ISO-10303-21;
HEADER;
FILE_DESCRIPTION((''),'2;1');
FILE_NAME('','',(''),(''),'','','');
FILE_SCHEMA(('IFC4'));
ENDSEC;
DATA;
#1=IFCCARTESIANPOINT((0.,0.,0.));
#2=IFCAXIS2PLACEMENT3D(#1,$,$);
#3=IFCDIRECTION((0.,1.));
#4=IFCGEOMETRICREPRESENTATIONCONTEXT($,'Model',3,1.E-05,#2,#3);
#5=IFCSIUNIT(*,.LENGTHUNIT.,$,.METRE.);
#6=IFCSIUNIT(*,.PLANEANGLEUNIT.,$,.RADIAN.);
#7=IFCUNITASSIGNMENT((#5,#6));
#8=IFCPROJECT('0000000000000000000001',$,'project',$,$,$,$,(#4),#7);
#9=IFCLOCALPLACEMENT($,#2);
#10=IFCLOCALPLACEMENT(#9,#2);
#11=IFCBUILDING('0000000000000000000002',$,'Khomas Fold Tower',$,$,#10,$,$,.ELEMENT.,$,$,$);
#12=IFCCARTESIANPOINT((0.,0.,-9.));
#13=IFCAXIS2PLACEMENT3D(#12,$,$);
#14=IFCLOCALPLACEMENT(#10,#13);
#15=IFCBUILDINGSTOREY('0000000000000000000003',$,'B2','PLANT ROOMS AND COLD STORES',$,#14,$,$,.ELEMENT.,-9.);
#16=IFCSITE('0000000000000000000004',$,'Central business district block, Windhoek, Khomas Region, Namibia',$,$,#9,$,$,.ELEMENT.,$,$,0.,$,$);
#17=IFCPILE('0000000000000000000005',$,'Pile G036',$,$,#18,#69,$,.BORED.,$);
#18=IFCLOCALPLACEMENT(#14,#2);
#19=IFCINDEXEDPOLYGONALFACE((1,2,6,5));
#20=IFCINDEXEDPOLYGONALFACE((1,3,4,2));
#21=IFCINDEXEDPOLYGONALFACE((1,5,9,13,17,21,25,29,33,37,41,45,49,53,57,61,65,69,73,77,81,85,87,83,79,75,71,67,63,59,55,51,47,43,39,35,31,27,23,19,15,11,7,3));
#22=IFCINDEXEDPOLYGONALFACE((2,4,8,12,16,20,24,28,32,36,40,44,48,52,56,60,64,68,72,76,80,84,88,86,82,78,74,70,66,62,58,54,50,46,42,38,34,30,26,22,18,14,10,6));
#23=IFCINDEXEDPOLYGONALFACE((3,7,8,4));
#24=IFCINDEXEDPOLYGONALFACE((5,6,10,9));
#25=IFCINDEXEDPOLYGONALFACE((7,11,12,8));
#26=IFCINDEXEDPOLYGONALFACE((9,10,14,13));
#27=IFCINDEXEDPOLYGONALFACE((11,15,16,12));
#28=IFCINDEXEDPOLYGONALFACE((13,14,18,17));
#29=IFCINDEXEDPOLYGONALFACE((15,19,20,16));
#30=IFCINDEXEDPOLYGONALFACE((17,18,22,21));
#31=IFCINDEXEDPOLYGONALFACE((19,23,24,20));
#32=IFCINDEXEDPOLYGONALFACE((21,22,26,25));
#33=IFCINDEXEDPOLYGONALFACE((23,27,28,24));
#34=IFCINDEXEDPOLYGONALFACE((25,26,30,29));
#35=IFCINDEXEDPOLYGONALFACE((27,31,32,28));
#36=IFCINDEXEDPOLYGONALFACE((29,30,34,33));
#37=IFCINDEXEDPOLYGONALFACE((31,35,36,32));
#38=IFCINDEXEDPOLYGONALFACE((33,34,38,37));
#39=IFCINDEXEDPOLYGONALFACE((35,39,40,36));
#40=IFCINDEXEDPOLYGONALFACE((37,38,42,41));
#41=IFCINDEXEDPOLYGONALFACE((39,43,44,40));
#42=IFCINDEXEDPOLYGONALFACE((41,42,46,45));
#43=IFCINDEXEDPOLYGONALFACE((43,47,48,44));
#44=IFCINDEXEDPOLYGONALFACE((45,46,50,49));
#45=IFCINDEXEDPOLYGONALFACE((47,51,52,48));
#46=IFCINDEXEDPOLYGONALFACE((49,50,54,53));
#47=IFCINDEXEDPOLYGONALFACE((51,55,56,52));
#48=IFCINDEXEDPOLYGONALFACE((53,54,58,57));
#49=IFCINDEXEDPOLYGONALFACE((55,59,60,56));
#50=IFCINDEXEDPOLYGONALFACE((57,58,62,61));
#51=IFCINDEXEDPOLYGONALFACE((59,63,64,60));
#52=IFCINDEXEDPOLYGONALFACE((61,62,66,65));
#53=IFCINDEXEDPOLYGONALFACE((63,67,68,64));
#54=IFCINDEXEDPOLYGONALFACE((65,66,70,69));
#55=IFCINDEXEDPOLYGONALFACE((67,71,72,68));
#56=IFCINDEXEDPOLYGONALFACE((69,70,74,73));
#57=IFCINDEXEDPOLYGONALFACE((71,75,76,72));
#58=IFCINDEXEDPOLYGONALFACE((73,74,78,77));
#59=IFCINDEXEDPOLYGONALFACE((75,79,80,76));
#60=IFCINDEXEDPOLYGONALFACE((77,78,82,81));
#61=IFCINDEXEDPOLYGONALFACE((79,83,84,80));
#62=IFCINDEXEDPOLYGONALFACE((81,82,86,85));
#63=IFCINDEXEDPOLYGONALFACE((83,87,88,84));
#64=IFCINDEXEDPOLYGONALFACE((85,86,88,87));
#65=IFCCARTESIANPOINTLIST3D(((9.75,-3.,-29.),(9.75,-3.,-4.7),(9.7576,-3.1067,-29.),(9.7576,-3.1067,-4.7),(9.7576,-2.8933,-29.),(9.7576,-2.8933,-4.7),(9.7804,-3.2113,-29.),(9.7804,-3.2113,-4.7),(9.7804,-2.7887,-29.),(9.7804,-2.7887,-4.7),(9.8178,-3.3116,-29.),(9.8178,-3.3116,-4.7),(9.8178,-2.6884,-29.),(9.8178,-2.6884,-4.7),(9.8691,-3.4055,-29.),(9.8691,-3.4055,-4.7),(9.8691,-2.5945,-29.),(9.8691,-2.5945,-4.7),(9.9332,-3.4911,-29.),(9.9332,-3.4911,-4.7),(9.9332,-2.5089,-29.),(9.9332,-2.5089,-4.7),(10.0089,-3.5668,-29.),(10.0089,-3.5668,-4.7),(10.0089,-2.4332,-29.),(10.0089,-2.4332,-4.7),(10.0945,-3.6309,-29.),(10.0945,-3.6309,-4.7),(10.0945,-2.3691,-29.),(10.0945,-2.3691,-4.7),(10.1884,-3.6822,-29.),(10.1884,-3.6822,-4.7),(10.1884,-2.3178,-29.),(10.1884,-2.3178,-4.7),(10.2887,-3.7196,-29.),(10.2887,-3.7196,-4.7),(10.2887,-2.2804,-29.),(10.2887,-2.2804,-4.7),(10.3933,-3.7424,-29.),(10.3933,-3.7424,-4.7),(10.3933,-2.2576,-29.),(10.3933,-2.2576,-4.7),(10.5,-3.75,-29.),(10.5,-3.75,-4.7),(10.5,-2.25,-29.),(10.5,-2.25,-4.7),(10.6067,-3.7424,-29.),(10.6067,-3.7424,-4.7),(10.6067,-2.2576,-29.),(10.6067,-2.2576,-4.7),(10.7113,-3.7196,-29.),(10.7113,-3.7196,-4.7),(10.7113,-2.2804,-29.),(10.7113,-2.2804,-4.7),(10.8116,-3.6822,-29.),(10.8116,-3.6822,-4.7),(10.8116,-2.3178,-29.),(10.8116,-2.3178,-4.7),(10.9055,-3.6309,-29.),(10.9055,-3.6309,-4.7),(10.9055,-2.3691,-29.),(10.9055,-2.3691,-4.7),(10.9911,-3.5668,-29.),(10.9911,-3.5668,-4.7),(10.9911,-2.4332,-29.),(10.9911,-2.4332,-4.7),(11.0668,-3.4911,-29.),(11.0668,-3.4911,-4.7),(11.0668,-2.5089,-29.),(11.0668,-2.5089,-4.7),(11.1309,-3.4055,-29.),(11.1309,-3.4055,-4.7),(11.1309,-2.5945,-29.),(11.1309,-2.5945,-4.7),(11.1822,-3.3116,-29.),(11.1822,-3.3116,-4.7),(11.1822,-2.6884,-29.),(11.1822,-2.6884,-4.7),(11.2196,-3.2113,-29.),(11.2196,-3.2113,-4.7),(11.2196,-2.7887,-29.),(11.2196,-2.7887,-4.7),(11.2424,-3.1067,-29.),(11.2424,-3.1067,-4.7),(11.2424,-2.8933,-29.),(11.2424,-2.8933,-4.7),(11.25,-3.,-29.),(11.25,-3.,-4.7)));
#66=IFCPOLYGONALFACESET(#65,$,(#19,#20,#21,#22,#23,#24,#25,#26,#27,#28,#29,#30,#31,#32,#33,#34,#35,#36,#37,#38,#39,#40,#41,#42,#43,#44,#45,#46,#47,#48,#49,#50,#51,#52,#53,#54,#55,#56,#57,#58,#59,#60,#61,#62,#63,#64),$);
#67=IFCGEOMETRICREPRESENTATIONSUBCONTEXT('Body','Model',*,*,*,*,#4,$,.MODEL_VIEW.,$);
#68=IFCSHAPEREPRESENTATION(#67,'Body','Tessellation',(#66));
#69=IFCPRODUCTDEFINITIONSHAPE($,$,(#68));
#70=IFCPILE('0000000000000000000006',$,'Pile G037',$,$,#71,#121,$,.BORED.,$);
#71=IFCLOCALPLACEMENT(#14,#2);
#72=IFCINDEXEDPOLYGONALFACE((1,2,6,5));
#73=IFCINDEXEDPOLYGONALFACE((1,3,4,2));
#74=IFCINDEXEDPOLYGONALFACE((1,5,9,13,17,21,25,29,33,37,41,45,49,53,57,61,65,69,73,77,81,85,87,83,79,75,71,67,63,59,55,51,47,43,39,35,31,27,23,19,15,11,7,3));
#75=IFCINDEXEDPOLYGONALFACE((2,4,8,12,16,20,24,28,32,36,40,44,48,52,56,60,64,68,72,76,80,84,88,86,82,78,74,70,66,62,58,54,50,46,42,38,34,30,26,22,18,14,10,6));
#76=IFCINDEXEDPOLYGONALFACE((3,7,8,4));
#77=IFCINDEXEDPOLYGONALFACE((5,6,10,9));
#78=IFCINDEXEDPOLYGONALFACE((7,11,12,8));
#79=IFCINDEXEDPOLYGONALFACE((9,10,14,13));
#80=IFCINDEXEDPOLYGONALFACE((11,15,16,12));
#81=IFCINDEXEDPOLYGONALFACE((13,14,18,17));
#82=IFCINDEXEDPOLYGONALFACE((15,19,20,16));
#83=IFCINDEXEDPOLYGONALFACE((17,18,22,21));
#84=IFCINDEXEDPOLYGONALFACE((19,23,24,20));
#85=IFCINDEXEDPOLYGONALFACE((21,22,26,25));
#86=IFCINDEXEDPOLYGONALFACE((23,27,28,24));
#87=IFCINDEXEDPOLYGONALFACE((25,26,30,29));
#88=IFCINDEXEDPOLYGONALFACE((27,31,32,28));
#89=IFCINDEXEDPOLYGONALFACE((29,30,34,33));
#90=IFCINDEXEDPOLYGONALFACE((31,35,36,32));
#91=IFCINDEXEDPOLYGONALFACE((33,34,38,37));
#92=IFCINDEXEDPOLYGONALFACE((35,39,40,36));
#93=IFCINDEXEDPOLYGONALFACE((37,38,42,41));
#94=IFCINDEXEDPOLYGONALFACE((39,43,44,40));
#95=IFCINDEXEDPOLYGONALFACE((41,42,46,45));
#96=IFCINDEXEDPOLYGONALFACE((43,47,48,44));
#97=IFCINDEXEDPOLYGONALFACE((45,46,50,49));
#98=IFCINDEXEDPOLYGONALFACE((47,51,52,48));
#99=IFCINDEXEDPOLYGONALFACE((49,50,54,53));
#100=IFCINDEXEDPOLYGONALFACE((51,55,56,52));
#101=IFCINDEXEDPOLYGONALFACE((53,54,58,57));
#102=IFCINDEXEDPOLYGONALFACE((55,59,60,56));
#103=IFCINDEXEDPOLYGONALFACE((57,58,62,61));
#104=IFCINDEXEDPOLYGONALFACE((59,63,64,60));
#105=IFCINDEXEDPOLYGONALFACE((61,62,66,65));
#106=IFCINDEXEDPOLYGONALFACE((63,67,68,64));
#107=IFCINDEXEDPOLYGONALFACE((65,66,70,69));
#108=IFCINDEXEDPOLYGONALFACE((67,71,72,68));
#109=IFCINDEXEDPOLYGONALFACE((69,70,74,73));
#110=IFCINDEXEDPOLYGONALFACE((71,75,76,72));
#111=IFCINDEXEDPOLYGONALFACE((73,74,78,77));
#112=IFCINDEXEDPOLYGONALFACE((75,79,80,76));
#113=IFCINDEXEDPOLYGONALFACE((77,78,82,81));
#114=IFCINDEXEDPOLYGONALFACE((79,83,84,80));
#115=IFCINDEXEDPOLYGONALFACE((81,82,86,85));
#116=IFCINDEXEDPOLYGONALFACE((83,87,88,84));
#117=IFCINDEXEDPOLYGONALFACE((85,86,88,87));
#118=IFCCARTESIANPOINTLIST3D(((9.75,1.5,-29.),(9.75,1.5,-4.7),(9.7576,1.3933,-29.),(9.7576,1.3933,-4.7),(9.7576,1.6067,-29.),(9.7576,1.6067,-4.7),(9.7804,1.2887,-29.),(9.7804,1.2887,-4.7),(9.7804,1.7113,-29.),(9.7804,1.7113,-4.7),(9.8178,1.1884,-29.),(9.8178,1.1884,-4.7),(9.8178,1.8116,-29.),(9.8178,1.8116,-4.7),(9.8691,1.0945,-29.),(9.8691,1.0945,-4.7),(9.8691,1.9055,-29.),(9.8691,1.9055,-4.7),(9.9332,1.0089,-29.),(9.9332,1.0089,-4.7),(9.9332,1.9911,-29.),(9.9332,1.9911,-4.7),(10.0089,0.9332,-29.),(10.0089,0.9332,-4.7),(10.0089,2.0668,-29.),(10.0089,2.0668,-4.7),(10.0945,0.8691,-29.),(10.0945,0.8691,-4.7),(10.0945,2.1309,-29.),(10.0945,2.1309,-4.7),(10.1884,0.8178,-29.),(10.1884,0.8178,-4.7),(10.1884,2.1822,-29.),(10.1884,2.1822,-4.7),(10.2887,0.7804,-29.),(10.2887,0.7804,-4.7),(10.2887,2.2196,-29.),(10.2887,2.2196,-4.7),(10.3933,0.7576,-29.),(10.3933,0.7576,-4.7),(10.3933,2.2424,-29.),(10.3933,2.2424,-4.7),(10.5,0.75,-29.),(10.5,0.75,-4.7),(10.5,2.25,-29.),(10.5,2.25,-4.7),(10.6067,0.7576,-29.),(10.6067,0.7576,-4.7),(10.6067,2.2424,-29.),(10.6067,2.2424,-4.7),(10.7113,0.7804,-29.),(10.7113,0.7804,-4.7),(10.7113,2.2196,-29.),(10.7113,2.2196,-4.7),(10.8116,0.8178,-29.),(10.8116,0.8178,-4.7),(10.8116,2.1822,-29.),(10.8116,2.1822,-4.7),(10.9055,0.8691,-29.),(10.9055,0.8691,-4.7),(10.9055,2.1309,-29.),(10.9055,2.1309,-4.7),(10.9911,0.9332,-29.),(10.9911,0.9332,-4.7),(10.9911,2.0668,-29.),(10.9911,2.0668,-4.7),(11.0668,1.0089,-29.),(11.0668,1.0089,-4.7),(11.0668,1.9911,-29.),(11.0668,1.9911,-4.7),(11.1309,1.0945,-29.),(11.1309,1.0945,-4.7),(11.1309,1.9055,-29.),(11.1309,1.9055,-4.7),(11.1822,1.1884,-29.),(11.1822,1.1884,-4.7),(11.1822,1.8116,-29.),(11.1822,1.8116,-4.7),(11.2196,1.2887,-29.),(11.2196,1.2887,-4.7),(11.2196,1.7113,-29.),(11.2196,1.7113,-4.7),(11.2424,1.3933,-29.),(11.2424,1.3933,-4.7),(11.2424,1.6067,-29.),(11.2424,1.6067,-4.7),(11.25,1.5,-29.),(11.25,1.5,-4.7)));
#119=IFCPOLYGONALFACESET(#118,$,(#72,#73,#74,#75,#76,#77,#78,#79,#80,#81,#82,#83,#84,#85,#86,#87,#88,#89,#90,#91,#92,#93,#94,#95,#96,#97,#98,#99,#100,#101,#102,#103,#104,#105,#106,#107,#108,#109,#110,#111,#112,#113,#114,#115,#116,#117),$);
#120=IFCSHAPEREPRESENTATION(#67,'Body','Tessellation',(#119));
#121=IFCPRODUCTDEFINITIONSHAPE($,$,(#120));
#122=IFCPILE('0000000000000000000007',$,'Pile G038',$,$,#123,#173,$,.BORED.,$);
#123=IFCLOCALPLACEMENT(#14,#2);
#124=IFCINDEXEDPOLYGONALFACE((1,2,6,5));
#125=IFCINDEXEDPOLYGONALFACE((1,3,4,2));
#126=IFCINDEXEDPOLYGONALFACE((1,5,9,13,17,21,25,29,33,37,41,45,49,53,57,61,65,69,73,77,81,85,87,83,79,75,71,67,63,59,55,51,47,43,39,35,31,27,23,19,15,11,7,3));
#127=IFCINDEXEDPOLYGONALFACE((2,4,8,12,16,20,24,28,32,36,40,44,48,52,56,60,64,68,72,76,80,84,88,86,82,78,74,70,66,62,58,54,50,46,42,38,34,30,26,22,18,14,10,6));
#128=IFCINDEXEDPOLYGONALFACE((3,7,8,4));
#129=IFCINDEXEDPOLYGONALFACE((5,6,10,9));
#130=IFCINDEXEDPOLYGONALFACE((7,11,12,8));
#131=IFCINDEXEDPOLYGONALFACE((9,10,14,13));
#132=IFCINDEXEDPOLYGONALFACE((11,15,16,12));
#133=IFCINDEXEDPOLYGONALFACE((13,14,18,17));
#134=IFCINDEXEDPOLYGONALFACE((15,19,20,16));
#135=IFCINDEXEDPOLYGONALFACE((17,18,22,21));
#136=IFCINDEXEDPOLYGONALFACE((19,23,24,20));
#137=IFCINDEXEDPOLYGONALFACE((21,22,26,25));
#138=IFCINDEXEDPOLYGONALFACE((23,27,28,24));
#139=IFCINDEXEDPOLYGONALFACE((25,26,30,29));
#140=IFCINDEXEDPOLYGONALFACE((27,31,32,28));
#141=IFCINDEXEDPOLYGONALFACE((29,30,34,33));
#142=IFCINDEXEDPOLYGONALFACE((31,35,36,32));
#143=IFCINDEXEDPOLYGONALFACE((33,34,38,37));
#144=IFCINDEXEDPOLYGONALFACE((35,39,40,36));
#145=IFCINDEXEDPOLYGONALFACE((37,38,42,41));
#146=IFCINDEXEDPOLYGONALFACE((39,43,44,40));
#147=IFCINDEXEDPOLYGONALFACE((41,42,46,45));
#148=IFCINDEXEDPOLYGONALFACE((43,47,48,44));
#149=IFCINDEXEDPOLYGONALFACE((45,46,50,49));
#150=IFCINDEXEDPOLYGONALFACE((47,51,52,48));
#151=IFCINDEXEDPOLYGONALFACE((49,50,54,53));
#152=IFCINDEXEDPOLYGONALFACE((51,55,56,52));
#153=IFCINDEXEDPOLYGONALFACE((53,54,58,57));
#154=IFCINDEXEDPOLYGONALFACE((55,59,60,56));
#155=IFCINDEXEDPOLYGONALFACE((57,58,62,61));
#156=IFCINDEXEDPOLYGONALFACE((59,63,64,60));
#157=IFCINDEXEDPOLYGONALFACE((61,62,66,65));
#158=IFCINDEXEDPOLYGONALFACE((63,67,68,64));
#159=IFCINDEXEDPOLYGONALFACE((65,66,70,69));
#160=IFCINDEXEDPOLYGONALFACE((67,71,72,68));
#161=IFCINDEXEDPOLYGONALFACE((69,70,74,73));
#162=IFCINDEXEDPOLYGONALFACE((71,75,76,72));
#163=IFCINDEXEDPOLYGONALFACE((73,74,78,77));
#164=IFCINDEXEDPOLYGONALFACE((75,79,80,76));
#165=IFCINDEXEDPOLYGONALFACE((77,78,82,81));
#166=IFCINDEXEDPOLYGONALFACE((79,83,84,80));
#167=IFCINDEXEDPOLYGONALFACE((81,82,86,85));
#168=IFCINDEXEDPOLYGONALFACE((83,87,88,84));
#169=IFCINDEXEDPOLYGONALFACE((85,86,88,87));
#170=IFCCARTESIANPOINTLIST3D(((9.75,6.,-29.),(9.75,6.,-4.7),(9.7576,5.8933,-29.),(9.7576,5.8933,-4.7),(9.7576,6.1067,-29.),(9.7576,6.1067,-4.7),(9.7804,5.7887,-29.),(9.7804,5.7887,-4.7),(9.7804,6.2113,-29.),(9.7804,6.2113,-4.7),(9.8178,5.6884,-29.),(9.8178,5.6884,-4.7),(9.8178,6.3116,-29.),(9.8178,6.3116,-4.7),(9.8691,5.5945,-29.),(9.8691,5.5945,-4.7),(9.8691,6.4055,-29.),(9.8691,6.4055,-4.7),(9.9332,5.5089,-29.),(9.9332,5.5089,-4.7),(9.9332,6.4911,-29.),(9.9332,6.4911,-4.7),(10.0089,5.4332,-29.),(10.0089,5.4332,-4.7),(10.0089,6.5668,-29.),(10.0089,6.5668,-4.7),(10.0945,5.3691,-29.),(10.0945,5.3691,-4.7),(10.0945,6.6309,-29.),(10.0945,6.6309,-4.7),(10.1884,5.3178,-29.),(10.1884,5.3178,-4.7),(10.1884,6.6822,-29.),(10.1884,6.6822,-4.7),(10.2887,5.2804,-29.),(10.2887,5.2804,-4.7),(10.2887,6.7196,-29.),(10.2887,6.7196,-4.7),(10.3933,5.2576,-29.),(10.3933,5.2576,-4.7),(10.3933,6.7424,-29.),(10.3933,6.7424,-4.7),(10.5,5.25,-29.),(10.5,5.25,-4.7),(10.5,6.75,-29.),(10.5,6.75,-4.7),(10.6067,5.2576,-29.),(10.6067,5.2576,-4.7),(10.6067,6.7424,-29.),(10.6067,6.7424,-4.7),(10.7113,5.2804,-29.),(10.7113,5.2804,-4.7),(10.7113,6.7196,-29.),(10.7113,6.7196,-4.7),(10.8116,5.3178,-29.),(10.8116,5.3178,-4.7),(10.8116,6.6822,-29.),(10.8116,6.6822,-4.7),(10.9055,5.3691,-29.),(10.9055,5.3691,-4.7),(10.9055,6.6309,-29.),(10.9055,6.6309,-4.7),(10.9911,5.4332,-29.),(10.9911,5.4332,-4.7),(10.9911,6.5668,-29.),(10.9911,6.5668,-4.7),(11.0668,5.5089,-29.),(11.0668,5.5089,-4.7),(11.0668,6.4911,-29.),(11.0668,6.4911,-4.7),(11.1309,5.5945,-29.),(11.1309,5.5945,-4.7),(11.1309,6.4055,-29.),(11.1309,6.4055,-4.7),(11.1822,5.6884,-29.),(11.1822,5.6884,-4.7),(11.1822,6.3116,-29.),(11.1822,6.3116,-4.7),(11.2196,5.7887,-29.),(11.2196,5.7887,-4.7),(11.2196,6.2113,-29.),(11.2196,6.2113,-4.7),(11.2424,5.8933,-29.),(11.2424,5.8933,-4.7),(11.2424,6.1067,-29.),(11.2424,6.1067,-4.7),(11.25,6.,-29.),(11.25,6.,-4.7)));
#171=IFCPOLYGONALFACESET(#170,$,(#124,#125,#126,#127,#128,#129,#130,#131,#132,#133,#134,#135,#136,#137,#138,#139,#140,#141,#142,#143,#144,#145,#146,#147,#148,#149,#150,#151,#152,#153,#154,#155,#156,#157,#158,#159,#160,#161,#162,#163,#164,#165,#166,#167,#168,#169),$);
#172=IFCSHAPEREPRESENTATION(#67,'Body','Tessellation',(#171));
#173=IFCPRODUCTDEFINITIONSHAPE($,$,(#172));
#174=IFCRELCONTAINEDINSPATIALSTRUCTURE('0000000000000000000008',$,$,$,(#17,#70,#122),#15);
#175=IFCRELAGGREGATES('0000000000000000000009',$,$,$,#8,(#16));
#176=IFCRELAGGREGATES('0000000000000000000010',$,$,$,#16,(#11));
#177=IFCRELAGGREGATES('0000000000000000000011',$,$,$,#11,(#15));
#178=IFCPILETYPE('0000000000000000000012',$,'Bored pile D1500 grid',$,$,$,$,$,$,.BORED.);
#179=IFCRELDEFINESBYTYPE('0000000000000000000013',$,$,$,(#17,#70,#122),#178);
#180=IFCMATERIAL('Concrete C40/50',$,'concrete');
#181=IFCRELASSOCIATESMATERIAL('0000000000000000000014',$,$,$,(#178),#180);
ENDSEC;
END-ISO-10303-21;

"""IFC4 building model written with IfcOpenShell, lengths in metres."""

from ifc_helpers import new_model, si_unit, direction, frame, origin, origin_2d, place, context, subcontext, project, spatial, circle, extrude, source, transform, mapped, material, material_profile, profile_set, type_object, element, save


model = new_model("IFC4")

# Units and contexts
model_context = context("Model", 3, precision=1e-05, world=origin(), true_north=direction((0.0, 1.0)))
body_context = subcontext(model_context, "Body", "Model", "MODEL_VIEW")
ifc_project = project(units=[si_unit("LENGTHUNIT", "METRE"), si_unit("PLANEANGLEUNIT", "RADIAN")], contexts=[model_context])

# Site, building, storey
site_placement = place(None, origin())
site = spatial("IfcSite", under=ifc_project, at=site_placement, Name="Central business district block, Windhoek, Khomas Region, Namibia", CompositionType="ELEMENT", RefElevation=0.0)
building_placement = place(site_placement, origin())
building = spatial("IfcBuilding", under=site, at=building_placement, Name="Khomas Fold Tower", CompositionType="ELEMENT")
storey_placement = place(building_placement, frame((0.0, 0.0, -9.0)))
storey = spatial("IfcBuildingStorey", under=building, at=storey_placement, Name="B2", Description="PLANT ROOMS AND COLD STORES", CompositionType="ELEMENT", Elevation=-9.0)

# Piles
ifc_material_1 = material(Name="Concrete C40/50", Category="concrete")
ifc_material_profile_1 = material_profile(ifc_material_1, circle(Radius=0.75, at=origin_2d()), Name="PILE D1500")
ifc_profile_set_1 = profile_set([ifc_material_profile_1], Name="Concrete C40/50")
pile_type_1 = type_object("IfcPileType", Name="Bored pile D1500 grid", PredefinedType="BORED", material=ifc_profile_set_1)
shared_shape_1 = source(origin(), body_context, "Body", "SweptSolid", [
    extrude(circle(Radius=0.75, at=origin_2d()), origin(), (0.0, 0.0, 1.0), 24.3),
])
for number, where, z_axis, x_axis, name in (
    (1, (10.5, -3.0, -4.7), (0.0, 0.0, -1.0), (1.0, 0.0, 0.0), "Pile G036"),
    (2, (10.5, 1.5, -4.7), (0.0, 0.0, -1.0), (1.0, 0.0, 0.0), "Pile G037"),
    (3, (10.5, 6.0, -4.7), (0.0, 0.0, -1.0), (1.0, 0.0, 0.0), "Pile G038"),
):
    element("IfcPile", number, at=place(storey_placement, frame(where, z_axis=z_axis, x_axis=x_axis)), inside=storey, type_object=pile_type_1, Name=name, PredefinedType="BORED", context=body_context, shape_type="MappedRepresentation", body=[
        mapped(shared_shape_1, transform((0.0, 0.0, 0.0))),
    ])

save(model, "model.ifc")
